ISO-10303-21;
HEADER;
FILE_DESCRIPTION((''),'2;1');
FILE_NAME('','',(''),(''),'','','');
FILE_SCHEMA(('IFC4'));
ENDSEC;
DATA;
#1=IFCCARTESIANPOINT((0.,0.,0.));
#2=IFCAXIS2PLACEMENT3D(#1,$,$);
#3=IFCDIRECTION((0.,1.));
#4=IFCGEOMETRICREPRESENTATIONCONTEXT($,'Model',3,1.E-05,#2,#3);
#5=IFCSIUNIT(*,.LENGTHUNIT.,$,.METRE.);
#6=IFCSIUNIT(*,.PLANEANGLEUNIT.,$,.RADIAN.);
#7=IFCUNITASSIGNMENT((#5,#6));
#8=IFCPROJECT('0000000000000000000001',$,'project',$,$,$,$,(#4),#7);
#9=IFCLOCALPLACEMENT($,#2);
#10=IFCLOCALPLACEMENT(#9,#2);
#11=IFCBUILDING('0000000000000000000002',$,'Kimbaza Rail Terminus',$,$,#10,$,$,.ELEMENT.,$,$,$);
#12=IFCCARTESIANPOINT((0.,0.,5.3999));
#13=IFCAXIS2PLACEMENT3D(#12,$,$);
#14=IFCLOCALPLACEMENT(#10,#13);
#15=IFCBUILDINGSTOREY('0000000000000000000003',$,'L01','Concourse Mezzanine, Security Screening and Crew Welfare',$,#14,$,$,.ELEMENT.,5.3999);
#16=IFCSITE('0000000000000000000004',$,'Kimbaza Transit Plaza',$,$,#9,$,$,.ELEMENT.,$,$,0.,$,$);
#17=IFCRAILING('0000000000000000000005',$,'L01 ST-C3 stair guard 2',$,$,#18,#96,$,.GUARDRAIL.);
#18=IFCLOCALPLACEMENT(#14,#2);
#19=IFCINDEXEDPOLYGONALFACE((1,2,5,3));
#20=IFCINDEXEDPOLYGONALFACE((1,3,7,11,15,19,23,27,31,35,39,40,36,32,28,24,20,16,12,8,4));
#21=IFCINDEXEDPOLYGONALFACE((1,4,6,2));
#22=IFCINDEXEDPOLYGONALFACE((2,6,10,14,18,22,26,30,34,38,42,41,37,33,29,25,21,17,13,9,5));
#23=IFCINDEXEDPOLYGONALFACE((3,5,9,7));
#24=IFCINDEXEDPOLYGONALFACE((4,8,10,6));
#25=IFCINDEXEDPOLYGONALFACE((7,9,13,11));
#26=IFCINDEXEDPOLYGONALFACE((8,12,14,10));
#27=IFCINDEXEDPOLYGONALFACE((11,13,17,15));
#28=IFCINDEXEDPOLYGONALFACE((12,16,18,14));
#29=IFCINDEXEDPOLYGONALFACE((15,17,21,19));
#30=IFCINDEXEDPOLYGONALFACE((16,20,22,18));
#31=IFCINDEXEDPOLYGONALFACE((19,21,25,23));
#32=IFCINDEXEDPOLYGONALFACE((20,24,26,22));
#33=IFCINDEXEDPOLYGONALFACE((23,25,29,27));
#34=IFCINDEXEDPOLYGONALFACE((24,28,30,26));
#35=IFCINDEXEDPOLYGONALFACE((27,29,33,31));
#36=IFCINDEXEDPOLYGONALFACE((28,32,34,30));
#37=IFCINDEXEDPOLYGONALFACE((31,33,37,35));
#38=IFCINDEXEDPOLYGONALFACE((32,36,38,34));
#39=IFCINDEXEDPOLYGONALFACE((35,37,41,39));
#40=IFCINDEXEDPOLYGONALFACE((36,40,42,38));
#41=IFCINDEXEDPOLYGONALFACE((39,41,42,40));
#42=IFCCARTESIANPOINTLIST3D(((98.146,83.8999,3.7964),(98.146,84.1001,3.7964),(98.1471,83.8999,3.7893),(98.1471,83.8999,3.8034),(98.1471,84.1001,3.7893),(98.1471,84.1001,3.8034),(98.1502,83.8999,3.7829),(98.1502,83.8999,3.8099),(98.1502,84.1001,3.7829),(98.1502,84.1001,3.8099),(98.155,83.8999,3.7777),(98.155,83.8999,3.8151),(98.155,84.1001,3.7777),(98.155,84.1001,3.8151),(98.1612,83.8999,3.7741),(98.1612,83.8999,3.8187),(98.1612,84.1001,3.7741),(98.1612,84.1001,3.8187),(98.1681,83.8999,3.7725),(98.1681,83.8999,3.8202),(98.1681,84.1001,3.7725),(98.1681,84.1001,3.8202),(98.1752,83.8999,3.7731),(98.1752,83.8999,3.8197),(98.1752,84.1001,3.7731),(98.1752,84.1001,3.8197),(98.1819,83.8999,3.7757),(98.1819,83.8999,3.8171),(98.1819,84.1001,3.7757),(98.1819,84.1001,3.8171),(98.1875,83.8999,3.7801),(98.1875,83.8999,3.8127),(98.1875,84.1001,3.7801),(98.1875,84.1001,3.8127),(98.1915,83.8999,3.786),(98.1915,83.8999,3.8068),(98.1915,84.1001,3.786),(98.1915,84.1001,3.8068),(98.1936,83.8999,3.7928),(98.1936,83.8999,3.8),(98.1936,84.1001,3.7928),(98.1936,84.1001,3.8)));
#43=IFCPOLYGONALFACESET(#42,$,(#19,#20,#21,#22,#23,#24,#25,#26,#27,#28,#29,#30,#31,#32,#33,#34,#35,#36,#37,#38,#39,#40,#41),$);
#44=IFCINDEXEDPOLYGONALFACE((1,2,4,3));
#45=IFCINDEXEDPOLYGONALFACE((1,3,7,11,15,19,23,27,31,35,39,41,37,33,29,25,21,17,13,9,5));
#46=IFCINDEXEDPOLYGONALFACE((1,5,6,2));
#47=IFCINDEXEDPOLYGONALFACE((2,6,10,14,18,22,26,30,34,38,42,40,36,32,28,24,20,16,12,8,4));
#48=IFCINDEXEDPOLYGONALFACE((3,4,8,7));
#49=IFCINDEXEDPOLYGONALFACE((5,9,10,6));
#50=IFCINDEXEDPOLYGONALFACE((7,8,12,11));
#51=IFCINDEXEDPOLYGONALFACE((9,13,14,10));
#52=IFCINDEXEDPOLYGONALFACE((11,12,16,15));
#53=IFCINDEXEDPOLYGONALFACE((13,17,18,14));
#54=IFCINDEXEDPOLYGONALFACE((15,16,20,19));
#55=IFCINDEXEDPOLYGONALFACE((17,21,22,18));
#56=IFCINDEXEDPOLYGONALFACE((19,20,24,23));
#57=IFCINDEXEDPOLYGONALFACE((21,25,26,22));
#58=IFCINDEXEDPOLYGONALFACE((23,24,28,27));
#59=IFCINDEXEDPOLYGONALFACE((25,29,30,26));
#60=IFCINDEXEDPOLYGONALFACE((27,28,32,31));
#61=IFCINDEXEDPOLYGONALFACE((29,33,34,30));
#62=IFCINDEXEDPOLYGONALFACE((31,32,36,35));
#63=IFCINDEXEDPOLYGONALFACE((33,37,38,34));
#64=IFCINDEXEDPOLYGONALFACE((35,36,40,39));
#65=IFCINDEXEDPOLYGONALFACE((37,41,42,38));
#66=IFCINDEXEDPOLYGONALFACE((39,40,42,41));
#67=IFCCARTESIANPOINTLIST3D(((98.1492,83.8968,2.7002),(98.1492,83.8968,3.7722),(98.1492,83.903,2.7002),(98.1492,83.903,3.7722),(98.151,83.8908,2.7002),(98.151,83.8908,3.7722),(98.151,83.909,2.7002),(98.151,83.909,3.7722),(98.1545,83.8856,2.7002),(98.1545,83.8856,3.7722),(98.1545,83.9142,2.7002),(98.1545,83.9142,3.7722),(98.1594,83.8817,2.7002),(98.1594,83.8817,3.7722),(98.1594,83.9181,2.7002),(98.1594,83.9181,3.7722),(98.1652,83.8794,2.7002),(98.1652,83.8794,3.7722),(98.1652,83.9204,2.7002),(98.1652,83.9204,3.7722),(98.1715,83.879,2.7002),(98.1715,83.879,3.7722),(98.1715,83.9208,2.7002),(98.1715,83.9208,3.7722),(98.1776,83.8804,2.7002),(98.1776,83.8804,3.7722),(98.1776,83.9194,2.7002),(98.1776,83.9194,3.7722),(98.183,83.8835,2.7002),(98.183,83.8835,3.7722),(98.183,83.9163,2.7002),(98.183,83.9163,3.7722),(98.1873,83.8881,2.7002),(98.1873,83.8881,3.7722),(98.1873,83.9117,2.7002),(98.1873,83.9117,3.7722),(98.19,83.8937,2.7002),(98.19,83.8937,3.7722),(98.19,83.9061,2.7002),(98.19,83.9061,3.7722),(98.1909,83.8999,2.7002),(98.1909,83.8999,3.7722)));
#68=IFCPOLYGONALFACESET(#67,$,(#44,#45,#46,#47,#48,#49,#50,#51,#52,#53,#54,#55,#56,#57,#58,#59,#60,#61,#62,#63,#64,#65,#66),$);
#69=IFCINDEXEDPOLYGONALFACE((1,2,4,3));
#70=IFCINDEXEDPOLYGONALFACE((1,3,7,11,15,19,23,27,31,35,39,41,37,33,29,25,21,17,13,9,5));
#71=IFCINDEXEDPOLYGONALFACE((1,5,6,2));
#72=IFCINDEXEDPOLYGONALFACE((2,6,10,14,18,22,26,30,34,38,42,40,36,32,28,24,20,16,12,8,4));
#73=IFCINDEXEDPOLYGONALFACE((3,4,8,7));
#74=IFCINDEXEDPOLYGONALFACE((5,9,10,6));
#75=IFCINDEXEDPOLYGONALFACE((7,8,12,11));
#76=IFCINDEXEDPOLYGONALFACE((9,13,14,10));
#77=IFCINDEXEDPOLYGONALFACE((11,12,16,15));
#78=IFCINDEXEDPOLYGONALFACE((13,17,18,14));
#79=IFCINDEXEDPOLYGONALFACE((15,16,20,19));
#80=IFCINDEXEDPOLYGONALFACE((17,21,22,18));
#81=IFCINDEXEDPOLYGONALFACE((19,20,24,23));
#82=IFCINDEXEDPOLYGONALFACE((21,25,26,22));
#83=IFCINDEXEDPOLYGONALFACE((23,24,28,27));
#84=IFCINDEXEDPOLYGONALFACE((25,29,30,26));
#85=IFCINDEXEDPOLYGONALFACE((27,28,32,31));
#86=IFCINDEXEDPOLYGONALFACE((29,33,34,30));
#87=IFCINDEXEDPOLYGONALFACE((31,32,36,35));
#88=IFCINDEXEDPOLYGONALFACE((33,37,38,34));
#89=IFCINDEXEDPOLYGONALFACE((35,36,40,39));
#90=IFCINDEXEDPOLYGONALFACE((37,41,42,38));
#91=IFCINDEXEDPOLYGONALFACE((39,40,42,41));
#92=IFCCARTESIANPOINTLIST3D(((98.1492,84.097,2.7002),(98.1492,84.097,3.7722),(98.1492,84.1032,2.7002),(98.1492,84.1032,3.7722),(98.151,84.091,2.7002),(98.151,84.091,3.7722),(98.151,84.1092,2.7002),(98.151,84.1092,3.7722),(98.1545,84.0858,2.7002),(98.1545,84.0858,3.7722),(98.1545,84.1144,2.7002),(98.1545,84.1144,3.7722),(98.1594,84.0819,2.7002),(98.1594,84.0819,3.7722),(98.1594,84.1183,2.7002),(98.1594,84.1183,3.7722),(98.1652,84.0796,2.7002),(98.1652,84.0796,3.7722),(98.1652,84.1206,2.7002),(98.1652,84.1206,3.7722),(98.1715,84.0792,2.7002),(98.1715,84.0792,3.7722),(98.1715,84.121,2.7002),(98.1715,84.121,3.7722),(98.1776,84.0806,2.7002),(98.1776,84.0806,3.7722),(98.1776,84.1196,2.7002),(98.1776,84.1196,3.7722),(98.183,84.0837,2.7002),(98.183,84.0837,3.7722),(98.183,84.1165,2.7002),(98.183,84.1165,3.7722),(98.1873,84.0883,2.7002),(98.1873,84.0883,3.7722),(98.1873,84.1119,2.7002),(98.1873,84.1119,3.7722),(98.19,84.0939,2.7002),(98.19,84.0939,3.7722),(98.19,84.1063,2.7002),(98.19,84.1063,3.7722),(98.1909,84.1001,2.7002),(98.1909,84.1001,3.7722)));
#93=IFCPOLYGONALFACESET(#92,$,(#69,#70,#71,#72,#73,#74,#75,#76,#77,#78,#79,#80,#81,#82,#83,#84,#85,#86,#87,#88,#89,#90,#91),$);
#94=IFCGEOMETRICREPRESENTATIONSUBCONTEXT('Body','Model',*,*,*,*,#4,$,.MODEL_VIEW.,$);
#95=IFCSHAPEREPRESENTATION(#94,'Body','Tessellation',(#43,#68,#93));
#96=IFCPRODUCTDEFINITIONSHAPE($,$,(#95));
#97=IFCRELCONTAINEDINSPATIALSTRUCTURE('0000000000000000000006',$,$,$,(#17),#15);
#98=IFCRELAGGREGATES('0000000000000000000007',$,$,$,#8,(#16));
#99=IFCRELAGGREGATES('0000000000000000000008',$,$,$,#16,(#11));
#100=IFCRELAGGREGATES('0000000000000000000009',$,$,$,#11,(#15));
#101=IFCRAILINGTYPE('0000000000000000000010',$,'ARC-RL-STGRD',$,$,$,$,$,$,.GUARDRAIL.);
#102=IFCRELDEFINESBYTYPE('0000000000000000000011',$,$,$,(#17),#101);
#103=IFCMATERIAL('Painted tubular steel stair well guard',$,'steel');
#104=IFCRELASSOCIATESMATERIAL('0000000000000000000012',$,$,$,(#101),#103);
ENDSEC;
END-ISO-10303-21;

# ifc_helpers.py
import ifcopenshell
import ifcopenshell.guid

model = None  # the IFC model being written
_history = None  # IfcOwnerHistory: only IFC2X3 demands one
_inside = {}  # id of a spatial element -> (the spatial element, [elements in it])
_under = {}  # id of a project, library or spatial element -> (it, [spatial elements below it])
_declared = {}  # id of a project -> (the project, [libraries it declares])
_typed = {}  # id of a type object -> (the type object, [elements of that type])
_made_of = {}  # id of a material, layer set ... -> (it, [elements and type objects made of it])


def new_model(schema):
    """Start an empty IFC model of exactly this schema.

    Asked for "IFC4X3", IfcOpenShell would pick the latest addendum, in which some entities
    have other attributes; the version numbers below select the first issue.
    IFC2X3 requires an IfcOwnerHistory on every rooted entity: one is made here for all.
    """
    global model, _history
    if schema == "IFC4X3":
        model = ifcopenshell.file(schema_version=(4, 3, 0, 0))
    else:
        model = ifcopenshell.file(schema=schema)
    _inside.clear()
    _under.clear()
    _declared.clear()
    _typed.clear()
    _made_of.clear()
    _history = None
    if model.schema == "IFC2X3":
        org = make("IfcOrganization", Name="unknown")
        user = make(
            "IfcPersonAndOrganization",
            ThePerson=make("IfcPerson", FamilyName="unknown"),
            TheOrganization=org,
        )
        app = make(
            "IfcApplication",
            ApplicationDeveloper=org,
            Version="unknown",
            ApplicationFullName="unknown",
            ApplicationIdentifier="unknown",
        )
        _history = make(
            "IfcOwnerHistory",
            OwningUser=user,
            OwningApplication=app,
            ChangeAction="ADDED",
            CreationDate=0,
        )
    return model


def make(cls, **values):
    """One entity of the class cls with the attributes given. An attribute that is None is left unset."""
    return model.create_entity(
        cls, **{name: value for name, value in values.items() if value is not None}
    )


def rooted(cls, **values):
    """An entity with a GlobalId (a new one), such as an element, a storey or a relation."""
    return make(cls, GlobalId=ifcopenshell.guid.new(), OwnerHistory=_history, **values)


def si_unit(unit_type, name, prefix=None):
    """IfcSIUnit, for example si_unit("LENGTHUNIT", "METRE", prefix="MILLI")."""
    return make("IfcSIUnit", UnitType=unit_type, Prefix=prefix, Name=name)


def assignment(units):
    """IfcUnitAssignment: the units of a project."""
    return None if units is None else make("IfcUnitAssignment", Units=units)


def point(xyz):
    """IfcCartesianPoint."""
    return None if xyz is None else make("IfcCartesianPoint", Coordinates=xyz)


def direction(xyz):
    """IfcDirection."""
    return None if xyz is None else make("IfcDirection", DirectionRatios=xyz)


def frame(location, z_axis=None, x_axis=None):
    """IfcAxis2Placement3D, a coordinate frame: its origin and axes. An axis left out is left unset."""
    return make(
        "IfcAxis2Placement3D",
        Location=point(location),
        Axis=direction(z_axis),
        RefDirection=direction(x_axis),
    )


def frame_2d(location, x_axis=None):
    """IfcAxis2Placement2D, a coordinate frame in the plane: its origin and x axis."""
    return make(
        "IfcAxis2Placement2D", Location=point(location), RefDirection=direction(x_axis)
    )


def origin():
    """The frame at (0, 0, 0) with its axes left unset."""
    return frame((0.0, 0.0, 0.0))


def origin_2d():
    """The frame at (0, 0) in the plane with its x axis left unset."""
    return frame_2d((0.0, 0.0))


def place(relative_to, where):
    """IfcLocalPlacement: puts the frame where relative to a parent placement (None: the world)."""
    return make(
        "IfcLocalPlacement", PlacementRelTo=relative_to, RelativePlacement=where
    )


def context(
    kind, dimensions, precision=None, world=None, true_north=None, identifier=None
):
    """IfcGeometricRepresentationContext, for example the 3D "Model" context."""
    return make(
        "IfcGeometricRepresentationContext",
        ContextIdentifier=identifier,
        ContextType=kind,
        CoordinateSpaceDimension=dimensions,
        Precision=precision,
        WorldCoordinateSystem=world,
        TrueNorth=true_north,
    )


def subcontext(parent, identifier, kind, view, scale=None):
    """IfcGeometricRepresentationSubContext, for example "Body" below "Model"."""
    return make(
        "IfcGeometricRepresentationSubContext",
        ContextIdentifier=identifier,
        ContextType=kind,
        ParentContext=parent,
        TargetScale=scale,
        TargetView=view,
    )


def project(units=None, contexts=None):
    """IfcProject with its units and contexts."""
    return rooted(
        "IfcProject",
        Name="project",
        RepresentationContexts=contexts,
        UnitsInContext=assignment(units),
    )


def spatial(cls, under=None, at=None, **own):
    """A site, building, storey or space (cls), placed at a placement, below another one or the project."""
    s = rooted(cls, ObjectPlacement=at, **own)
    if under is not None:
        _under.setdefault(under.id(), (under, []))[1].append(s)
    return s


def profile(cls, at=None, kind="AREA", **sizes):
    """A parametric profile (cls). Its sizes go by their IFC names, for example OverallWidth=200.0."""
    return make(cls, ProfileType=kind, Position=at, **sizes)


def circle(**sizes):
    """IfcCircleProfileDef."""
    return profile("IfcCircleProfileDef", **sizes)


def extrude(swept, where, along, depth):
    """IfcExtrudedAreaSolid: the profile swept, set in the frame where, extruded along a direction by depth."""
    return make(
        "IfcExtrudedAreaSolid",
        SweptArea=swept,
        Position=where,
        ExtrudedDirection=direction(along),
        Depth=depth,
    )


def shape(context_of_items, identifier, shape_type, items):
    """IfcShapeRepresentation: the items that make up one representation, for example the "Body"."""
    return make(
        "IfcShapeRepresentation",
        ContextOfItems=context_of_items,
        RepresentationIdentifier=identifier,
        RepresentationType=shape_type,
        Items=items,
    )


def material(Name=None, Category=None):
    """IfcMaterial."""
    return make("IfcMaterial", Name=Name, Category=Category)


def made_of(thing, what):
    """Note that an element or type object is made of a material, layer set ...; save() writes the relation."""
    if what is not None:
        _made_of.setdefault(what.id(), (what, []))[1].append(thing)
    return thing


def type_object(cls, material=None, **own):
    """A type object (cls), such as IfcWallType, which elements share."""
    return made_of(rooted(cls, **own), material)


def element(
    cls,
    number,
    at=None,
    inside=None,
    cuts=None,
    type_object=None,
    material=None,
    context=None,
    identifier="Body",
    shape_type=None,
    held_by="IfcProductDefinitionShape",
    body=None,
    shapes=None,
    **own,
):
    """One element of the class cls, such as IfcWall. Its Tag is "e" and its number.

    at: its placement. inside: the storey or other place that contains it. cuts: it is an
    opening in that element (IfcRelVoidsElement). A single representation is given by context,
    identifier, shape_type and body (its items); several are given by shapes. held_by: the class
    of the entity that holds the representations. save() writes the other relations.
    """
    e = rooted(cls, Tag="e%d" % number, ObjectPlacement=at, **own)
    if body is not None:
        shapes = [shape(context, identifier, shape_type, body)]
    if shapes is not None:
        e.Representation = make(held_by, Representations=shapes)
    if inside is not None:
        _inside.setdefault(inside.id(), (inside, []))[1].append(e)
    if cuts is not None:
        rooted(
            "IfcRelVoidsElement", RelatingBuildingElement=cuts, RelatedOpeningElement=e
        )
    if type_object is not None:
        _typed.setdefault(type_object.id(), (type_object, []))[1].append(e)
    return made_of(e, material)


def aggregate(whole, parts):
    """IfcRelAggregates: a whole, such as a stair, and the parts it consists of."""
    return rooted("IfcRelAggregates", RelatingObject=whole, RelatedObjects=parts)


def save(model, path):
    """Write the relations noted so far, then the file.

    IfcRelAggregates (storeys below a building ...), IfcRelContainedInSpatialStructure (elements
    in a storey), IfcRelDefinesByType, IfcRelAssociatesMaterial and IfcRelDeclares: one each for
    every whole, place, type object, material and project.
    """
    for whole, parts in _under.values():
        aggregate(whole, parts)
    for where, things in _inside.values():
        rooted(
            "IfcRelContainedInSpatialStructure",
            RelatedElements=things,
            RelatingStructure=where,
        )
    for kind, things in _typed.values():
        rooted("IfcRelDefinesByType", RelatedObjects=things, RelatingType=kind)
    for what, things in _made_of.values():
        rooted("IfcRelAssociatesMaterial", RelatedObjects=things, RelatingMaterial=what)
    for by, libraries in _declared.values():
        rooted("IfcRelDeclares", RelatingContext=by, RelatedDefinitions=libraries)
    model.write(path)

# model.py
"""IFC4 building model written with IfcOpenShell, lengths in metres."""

from ifc_helpers import new_model, si_unit, direction, frame, origin, origin_2d, place, context, subcontext, project, spatial, circle, extrude, material, type_object, element, save


model = new_model("IFC4")

# Units and contexts
model_context = context("Model", 3, precision=1e-05, world=origin(), true_north=direction((0.0, 1.0)))
body_context = subcontext(model_context, "Body", "Model", "MODEL_VIEW")
ifc_project = project(units=[si_unit("LENGTHUNIT", "METRE"), si_unit("PLANEANGLEUNIT", "RADIAN")], contexts=[model_context])

# Site, building, storey
site_placement = place(None, origin())
site = spatial("IfcSite", under=ifc_project, at=site_placement, Name="Kimbaza Transit Plaza", CompositionType="ELEMENT", RefElevation=0.0)
building_placement = place(site_placement, origin())
building = spatial("IfcBuilding", under=site, at=building_placement, Name="Kimbaza Rail Terminus", CompositionType="ELEMENT")
storey_placement = place(building_placement, frame((0.0, 0.0, 5.3999)))
storey = spatial("IfcBuildingStorey", under=building, at=storey_placement, Name="L01", Description="Concourse Mezzanine, Security Screening and Crew Welfare", CompositionType="ELEMENT", Elevation=5.3999)

# Railing
ifc_material_1 = material(Name="Painted tubular steel stair well guard", Category="steel")
railing_type = type_object("IfcRailingType", Name="ARC-RL-STGRD", PredefinedType="GUARDRAIL", material=ifc_material_1)
railing_placement = place(storey_placement, frame((98.1699, 83.8999, 2.7002)))
element("IfcRailing", 1, at=railing_placement, inside=storey, type_object=railing_type, Name="L01 ST-C3 stair guard 2", PredefinedType="GUARDRAIL", context=body_context, shape_type="SweptSolid", body=[
    extrude(circle(Radius=0.0239, at=origin_2d()), frame((0.0, 0.0, 1.0962), z_axis=(0.0, 1.0, 0.0), x_axis=(-1.0, 0.0, 0.0)), (0.0, 0.0, 1.0), 0.2002),
    extrude(circle(Radius=0.021, at=origin_2d()), origin(), (0.0, 0.0, 1.0), 1.072),
    extrude(circle(Radius=0.021, at=origin_2d()), frame((0.0, 0.2002, 0.0)), (0.0, 0.0, 1.0), 1.072),
])

save(model, "model.ifc")
